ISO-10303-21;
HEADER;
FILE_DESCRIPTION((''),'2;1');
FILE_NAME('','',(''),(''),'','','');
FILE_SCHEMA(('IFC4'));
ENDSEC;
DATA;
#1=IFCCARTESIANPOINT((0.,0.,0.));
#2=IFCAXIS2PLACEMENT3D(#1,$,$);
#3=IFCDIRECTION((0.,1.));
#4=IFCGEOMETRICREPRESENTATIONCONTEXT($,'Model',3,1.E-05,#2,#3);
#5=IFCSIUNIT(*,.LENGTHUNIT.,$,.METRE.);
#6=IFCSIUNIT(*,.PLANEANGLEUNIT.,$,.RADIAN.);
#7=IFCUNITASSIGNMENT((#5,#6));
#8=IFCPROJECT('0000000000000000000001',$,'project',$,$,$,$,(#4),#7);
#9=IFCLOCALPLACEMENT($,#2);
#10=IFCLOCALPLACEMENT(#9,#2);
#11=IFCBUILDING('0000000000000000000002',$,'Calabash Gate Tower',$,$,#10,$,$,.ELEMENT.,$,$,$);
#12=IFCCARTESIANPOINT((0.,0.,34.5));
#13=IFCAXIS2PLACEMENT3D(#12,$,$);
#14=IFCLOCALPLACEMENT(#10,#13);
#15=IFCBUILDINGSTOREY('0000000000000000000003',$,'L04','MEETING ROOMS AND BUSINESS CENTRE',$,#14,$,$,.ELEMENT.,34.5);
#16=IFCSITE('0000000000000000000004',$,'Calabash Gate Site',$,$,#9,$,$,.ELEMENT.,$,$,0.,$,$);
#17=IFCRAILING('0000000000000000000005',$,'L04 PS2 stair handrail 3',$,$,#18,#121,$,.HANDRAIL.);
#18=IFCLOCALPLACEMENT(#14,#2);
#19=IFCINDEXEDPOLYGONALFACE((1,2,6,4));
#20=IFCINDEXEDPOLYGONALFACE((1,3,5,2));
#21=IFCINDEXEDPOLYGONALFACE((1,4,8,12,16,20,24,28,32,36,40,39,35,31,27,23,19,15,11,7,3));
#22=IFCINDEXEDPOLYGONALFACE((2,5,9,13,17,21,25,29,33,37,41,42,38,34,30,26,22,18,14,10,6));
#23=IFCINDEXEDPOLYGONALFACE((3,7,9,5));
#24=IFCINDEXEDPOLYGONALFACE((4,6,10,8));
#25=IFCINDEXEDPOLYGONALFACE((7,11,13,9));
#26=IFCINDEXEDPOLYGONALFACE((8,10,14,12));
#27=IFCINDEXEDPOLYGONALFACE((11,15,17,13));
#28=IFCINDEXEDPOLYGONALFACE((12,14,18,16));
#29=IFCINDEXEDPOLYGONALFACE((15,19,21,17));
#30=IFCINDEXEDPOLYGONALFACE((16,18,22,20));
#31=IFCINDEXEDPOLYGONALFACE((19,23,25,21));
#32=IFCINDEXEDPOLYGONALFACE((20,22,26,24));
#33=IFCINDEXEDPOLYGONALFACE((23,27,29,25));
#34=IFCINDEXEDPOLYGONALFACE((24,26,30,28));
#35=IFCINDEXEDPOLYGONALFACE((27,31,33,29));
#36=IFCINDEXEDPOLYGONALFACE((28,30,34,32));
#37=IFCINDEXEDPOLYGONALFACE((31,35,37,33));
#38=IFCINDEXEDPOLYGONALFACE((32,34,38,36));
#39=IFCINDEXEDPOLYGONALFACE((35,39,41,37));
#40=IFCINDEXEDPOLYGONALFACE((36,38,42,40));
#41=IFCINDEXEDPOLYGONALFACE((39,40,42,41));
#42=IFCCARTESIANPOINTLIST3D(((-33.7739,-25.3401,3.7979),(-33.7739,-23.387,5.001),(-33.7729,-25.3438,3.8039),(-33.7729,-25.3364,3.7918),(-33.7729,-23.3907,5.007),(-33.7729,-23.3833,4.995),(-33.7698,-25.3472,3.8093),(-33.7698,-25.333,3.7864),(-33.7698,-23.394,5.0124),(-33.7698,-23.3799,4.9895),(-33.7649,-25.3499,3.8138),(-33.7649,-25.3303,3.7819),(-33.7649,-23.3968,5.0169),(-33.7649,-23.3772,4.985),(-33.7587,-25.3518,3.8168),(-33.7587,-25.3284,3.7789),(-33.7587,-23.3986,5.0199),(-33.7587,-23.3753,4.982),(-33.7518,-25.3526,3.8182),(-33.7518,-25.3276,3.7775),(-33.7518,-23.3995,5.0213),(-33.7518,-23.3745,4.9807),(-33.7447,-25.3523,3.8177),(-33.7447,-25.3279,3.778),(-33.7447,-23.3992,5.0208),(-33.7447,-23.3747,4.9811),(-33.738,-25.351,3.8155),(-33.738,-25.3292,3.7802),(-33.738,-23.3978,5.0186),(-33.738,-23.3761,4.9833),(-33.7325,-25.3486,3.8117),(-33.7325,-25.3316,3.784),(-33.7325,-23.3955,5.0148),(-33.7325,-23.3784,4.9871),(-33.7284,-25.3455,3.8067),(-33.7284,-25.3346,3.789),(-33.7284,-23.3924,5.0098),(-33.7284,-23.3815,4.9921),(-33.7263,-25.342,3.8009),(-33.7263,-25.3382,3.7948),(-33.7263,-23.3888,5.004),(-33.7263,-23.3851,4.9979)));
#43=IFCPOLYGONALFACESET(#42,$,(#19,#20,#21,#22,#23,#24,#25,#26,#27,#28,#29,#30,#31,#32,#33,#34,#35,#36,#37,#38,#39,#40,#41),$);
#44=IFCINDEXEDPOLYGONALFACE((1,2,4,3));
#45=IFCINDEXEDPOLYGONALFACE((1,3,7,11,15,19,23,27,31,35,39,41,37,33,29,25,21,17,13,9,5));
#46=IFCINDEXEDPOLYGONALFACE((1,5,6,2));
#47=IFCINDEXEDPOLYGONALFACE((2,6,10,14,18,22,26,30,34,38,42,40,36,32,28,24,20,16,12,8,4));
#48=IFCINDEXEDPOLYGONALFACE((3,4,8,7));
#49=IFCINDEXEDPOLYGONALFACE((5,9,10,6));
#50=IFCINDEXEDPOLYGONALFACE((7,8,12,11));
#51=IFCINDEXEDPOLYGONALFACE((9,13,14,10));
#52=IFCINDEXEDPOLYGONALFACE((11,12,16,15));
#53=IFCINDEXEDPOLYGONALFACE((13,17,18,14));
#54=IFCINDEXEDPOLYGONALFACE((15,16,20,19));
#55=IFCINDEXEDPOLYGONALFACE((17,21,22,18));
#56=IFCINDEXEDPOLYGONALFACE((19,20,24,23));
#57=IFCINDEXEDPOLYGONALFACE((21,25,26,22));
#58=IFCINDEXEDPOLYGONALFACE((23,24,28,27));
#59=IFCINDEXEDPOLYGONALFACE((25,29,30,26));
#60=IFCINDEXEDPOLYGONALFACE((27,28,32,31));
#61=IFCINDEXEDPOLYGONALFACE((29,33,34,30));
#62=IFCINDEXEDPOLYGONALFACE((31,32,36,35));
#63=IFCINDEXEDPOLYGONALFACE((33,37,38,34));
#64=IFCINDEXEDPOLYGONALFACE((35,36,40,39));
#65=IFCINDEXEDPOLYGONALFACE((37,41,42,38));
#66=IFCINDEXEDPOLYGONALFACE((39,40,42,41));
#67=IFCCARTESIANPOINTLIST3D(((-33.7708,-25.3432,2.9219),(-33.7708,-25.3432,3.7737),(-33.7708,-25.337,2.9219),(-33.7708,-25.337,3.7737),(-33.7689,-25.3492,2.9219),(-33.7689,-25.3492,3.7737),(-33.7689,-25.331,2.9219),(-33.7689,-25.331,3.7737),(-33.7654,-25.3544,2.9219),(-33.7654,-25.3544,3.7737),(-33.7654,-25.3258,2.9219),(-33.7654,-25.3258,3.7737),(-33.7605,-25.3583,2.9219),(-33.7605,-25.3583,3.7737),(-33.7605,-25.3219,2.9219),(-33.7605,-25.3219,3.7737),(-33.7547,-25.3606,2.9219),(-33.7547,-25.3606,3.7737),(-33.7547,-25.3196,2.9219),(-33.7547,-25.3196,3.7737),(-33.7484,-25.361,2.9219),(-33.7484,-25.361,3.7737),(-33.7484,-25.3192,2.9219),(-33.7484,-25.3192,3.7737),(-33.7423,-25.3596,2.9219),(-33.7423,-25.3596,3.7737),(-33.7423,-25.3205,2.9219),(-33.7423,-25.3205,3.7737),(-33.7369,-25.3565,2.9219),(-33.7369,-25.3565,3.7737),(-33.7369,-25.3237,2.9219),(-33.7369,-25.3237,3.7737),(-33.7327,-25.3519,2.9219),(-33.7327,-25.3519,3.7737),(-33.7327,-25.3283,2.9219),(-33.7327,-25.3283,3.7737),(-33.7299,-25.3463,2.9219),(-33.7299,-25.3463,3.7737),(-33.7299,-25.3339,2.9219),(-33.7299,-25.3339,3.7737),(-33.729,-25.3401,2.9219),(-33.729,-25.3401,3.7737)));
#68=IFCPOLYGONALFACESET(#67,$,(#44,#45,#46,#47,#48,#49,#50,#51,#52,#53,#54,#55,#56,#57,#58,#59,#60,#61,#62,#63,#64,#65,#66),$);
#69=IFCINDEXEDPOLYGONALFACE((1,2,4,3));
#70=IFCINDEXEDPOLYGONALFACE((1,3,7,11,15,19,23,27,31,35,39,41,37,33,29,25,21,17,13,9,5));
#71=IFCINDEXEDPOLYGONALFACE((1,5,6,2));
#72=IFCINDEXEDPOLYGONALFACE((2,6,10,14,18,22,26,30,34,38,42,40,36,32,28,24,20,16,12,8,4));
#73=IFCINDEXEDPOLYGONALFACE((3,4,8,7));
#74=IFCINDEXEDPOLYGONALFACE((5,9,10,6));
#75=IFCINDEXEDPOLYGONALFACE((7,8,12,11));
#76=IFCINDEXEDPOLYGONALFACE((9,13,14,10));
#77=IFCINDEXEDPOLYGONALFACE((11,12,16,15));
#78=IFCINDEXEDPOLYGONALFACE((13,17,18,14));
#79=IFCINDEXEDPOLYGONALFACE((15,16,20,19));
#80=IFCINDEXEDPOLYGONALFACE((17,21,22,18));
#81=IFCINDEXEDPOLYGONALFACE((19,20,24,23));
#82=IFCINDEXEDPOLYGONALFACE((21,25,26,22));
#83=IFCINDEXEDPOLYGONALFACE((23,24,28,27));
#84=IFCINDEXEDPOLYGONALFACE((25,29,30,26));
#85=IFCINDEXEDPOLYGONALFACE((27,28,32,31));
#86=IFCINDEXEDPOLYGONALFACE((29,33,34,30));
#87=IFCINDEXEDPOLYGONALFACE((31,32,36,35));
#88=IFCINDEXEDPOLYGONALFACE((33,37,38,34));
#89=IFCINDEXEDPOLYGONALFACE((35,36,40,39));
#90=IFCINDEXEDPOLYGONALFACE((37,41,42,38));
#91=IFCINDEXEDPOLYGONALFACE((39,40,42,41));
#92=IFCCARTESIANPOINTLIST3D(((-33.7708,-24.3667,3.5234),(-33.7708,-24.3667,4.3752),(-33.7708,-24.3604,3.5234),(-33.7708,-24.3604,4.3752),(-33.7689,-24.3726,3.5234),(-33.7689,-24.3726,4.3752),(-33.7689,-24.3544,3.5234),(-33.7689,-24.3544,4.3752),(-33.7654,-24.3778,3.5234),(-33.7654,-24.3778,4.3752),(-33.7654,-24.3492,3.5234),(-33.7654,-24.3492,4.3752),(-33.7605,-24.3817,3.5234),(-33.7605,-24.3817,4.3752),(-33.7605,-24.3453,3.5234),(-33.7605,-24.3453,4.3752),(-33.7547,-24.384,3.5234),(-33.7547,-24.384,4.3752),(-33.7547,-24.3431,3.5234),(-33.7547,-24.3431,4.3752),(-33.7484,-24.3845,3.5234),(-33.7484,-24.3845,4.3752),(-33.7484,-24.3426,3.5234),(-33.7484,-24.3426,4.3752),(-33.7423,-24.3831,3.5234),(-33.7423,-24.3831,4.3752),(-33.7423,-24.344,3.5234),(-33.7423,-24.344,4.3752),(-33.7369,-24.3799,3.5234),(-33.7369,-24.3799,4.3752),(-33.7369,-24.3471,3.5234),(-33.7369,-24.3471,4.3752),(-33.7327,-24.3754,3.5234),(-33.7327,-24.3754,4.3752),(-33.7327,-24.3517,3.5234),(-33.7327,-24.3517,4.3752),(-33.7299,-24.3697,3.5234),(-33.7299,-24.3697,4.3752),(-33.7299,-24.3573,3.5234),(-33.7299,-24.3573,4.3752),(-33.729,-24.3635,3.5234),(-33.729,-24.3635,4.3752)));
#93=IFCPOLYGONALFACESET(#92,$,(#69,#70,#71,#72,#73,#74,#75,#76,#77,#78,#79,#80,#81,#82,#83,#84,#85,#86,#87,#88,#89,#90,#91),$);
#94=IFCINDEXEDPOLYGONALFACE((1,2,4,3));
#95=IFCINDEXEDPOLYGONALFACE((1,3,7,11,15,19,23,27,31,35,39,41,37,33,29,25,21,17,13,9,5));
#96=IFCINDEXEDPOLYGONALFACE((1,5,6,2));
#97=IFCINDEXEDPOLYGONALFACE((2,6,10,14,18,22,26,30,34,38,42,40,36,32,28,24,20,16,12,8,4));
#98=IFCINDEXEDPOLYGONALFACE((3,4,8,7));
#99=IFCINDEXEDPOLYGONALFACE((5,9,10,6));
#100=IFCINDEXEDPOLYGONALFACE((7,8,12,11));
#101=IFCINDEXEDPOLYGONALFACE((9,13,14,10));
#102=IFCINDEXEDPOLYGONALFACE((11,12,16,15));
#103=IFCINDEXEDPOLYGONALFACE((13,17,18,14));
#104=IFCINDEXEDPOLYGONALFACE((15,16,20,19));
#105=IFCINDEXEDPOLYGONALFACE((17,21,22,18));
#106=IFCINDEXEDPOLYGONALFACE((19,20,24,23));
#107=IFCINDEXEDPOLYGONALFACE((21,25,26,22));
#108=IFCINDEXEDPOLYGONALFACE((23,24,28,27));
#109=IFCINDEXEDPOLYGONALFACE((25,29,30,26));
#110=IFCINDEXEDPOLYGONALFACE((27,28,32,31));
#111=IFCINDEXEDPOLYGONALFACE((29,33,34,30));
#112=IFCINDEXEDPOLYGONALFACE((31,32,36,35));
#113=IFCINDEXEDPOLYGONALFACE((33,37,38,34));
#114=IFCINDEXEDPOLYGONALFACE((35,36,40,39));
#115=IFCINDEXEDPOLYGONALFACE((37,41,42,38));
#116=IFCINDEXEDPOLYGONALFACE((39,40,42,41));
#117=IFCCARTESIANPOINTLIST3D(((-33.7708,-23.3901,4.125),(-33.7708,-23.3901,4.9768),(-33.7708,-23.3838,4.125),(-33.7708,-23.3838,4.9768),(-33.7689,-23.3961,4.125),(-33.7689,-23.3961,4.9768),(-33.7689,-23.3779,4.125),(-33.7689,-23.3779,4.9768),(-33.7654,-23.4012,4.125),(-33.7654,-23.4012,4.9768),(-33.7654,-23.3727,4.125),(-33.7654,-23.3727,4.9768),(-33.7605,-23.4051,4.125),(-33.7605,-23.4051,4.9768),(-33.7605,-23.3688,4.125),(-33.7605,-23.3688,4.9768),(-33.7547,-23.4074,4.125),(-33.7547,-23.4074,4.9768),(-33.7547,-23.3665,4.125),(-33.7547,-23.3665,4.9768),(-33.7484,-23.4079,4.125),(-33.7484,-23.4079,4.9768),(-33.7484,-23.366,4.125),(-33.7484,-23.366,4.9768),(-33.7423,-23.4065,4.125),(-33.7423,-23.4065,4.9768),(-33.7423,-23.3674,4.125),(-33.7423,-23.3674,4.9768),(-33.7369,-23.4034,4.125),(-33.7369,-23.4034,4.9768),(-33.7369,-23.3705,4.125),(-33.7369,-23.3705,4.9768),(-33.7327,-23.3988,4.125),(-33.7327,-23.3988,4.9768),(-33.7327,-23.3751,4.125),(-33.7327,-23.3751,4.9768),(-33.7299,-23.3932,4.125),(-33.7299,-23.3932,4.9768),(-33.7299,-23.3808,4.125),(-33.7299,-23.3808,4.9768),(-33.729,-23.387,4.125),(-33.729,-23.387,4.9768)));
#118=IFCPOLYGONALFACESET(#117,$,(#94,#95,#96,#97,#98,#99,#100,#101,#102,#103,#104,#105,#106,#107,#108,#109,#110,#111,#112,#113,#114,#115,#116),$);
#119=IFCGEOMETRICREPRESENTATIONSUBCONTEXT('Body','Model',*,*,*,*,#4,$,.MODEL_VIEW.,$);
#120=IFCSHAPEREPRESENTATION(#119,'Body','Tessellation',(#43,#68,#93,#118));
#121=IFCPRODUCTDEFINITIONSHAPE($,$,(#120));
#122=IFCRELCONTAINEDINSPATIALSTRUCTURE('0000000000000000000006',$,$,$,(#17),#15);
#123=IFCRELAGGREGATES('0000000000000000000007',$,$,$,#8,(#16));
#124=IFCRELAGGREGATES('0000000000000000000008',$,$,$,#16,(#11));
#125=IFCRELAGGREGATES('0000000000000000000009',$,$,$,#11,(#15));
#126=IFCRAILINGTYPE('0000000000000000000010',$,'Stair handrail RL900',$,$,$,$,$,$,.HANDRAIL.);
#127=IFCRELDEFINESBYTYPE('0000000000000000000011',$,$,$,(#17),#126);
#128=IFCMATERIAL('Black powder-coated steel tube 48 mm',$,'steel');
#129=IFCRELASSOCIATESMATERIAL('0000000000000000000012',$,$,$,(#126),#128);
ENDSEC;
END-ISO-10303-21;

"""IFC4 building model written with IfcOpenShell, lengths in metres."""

from ifc_helpers import new_model, si_unit, direction, frame, origin, origin_2d, place, context, subcontext, project, spatial, circle, extrude, material, type_object, element, save


model = new_model("IFC4")

# Units and contexts
model_context = context("Model", 3, precision=1e-05, world=origin(), true_north=direction((0.0, 1.0)))
body_context = subcontext(model_context, "Body", "Model", "MODEL_VIEW")
ifc_project = project(units=[si_unit("LENGTHUNIT", "METRE"), si_unit("PLANEANGLEUNIT", "RADIAN")], contexts=[model_context])

# Site, building, storey
site_placement = place(None, origin())
site = spatial("IfcSite", under=ifc_project, at=site_placement, Name="Calabash Gate Site", CompositionType="ELEMENT", RefElevation=0.0)
building_placement = place(site_placement, origin())
building = spatial("IfcBuilding", under=site, at=building_placement, Name="Calabash Gate Tower", CompositionType="ELEMENT")
storey_placement = place(building_placement, frame((0.0, 0.0, 34.5)))
storey = spatial("IfcBuildingStorey", under=building, at=storey_placement, Name="L04", Description="MEETING ROOMS AND BUSINESS CENTRE", CompositionType="ELEMENT", Elevation=34.5)

# Railing
ifc_material_1 = material(Name="Black powder-coated steel tube 48 mm", Category="steel")
railing_type_1 = type_object("IfcRailingType", Name="Stair handrail RL900", PredefinedType="HANDRAIL", material=ifc_material_1)
railing_1_placement = place(storey_placement, frame((-33.75, -25.3401, 2.9219)))
element("IfcRailing", 1, at=railing_1_placement, inside=storey, type_object=railing_type_1, Name="L04 PS2 stair handrail 3", PredefinedType="HANDRAIL", context=body_context, shape_type="SweptSolid", body=[
    extrude(circle(Radius=0.0239, at=origin_2d()), frame((0.0, 0.0, 0.876), z_axis=(0.0, 0.851424, 0.524477), x_axis=(-1.0, 0.0, 0.0)), (0.0, 0.0, 1.0), 2.2939),
    extrude(circle(Radius=0.021, at=origin_2d()), origin(), (0.0, 0.0, 1.0), 0.8518),
    extrude(circle(Radius=0.021, at=origin_2d()), frame((0.0, 0.9766, 0.6016)), (0.0, 0.0, 1.0), 0.8518),
    extrude(circle(Radius=0.021, at=origin_2d()), frame((0.0, 1.9531, 1.2031)), (0.0, 0.0, 1.0), 0.8518),
])

save(model, "model.ifc")
